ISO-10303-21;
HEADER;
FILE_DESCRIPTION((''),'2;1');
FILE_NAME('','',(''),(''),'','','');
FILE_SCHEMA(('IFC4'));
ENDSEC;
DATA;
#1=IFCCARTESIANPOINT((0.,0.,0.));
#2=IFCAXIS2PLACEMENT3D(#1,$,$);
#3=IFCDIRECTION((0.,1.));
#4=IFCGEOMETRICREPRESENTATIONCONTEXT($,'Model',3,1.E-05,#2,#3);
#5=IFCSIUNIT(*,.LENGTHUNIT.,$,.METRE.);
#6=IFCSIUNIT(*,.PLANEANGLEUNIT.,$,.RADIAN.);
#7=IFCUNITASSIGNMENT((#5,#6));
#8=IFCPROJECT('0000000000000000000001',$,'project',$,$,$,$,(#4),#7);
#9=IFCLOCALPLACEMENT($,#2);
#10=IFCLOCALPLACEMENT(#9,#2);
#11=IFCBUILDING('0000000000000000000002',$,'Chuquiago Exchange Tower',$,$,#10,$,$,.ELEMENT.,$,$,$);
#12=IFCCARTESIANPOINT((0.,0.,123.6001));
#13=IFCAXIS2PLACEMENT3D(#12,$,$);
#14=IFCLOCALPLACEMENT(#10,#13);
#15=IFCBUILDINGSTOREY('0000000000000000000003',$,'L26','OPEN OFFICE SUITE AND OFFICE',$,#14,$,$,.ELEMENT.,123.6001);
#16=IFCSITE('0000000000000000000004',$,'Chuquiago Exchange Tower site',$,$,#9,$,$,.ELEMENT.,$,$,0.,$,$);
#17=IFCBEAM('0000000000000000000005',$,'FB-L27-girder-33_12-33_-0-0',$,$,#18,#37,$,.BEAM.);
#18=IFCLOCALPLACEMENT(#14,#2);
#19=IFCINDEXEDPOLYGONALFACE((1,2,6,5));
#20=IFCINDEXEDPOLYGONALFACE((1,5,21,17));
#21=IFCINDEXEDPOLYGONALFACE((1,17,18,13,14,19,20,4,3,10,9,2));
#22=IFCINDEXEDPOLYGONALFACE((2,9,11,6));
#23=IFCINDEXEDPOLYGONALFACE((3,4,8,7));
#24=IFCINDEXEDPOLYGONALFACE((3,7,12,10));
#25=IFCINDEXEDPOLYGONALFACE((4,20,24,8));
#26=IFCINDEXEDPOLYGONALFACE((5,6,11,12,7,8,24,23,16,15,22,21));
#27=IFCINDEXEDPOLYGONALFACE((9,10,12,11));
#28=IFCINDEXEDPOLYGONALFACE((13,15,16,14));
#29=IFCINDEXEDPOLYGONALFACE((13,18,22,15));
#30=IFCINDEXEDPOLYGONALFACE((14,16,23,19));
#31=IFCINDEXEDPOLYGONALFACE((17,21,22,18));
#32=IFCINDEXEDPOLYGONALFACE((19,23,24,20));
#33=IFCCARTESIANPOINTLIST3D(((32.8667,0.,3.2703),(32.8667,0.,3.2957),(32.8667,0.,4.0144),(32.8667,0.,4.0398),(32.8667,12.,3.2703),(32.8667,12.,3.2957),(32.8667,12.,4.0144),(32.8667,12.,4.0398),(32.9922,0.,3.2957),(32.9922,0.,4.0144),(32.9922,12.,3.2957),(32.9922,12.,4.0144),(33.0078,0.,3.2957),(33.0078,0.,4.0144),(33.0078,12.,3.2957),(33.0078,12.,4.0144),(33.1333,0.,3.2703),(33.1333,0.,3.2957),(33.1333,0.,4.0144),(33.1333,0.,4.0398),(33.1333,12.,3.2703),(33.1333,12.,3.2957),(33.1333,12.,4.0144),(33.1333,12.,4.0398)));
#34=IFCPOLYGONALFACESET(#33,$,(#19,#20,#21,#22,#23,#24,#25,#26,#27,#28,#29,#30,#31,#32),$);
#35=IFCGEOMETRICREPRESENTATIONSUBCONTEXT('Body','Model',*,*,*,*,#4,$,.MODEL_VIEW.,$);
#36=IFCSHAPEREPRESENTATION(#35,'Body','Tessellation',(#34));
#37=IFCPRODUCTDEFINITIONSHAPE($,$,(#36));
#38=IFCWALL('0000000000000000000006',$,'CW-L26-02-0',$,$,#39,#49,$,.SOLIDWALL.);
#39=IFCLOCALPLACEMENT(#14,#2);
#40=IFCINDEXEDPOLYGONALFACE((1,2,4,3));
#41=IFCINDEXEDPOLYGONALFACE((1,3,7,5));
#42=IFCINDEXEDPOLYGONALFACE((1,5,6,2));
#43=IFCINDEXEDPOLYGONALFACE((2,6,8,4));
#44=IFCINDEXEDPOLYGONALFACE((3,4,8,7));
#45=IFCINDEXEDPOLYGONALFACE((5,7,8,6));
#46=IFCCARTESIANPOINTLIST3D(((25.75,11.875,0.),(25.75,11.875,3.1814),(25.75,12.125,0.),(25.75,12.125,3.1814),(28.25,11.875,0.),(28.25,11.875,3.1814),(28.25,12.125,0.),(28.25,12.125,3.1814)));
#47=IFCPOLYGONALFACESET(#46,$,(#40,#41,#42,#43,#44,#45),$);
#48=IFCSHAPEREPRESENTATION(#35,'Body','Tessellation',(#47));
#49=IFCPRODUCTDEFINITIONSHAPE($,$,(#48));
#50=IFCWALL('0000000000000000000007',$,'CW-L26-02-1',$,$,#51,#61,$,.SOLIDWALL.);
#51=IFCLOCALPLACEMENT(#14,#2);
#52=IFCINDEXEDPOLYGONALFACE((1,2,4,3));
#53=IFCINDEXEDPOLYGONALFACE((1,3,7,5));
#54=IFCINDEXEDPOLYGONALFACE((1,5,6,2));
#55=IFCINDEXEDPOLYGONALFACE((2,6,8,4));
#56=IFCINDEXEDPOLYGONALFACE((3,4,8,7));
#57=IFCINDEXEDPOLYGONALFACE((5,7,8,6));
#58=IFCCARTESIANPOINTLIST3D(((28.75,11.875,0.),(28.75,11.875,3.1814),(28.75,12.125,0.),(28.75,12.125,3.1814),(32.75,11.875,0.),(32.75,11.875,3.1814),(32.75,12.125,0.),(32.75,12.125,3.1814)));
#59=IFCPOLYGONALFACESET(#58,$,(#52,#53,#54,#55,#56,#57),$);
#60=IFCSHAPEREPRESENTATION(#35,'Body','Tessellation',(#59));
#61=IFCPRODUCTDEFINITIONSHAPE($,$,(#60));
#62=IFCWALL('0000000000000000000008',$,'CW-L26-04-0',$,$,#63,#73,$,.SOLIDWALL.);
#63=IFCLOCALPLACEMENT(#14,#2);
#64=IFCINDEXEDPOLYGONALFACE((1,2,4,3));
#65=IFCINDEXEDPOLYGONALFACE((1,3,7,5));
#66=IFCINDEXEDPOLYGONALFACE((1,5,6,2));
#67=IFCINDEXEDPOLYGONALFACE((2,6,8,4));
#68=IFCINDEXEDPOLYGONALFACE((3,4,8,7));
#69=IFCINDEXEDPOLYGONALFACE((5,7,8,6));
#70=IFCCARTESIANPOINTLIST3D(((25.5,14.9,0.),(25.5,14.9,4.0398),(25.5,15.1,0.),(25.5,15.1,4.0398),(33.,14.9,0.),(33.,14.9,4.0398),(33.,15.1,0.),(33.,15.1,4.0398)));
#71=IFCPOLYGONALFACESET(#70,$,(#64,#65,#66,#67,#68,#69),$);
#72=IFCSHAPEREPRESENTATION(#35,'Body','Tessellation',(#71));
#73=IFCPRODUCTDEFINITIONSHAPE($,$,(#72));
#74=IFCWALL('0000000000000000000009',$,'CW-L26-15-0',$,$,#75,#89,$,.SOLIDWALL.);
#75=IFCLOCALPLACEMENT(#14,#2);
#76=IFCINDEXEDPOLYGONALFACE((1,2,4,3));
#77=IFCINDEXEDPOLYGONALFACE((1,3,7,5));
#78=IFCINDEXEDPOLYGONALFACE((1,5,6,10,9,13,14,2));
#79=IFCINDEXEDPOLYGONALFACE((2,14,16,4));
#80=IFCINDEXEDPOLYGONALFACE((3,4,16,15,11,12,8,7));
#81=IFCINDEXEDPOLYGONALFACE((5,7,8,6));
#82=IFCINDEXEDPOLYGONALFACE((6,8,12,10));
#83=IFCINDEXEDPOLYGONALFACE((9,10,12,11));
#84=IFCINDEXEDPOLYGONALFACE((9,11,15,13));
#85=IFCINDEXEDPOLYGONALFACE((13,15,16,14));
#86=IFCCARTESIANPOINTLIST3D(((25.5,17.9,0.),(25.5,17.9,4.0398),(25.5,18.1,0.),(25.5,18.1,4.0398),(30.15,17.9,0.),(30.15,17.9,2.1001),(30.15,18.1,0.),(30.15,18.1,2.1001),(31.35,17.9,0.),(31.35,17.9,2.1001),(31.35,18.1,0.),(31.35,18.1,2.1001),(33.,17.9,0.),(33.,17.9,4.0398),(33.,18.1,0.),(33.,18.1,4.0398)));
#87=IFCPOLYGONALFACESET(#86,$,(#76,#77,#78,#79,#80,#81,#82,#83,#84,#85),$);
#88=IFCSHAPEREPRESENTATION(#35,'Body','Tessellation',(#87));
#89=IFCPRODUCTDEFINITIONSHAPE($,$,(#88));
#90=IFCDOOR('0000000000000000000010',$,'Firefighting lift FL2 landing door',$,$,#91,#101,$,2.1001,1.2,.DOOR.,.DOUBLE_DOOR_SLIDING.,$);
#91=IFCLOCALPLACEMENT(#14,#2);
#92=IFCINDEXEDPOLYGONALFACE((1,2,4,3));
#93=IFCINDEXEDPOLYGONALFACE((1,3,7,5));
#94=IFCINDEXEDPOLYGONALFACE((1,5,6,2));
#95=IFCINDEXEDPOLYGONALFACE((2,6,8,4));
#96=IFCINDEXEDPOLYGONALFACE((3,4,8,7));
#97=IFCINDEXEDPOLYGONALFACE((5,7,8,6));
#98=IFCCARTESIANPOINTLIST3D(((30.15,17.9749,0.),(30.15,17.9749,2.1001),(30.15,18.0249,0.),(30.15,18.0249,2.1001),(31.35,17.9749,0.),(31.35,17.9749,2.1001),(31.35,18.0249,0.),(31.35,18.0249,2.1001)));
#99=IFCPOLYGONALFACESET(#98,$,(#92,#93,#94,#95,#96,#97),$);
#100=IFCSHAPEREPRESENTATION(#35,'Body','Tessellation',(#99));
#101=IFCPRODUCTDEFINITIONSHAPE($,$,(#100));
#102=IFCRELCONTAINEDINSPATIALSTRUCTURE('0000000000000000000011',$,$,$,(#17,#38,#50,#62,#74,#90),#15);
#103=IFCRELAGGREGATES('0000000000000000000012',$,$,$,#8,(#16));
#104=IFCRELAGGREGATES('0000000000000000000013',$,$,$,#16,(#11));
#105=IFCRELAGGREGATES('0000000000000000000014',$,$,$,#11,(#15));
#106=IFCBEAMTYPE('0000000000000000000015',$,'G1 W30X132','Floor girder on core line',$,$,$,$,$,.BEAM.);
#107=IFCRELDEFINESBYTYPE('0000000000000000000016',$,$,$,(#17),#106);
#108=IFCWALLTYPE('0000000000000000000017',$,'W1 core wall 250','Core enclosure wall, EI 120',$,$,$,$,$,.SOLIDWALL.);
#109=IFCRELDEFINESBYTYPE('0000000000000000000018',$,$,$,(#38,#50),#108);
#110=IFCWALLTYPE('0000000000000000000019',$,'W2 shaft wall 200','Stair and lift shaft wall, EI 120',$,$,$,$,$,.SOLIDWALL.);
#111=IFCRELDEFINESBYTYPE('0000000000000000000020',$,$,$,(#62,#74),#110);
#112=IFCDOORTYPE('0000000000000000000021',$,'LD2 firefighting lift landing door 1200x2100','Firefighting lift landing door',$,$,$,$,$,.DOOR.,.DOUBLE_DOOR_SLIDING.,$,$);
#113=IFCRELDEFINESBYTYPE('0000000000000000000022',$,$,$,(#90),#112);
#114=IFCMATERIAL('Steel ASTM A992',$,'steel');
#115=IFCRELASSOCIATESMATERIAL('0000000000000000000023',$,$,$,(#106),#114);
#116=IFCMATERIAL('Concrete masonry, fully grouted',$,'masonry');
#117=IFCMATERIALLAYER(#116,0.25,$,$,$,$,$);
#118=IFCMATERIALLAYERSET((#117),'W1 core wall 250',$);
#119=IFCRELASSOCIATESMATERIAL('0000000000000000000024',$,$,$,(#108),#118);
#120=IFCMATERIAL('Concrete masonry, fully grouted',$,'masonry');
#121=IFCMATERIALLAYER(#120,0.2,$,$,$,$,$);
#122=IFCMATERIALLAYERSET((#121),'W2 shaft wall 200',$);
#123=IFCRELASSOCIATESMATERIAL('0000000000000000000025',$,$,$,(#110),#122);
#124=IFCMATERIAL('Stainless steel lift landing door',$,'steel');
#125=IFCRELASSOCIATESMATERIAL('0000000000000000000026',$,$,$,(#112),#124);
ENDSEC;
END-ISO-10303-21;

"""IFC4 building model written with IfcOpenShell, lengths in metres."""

from ifc_helpers import new_model, si_unit, direction, frame, frame_2d, origin, origin_2d, place, context, subcontext, project, spatial, rectangle, i_section, extrude, material, layer, layer_set, material_profile, profile_set, type_object, element, fill, save


model = new_model("IFC4")

# Units and contexts
model_context = context("Model", 3, precision=1e-05, world=origin(), true_north=direction((0.0, 1.0)))
body_context = subcontext(model_context, "Body", "Model", "MODEL_VIEW")
ifc_project = project(units=[si_unit("LENGTHUNIT", "METRE"), si_unit("PLANEANGLEUNIT", "RADIAN")], contexts=[model_context])

# Site, building, storey
site_placement = place(None, origin())
site = spatial("IfcSite", under=ifc_project, at=site_placement, Name="Chuquiago Exchange Tower site", CompositionType="ELEMENT", RefElevation=0.0)
building_placement = place(site_placement, origin())
building = spatial("IfcBuilding", under=site, at=building_placement, Name="Chuquiago Exchange Tower", CompositionType="ELEMENT")
storey_placement = place(building_placement, frame((0.0, 0.0, 123.6001)))
storey = spatial("IfcBuildingStorey", under=building, at=storey_placement, Name="L26", Description="OPEN OFFICE SUITE AND OFFICE", CompositionType="ELEMENT", Elevation=123.6001)

# Beam
ifc_material_1 = material(Name="Steel ASTM A992", Category="steel")
ifc_material_profile_1 = material_profile(ifc_material_1, i_section(OverallWidth=0.2666, OverallDepth=0.7695, WebThickness=0.0156, FlangeThickness=0.0254, at=origin_2d()), Name="W30X132")
ifc_profile_set_1 = profile_set([ifc_material_profile_1], Name="Steel ASTM A992")
beam_type_1 = type_object("IfcBeamType", Name="G1 W30X132", Description="Floor girder on core line", PredefinedType="BEAM", material=ifc_profile_set_1)
beam_1_placement = place(storey_placement, frame((33.0, 12.0, 3.655), z_axis=(0.0, -1.0, 0.0), x_axis=(1.0, 0.0, 0.0)))
element("IfcBeam", 1, at=beam_1_placement, inside=storey, type_object=beam_type_1, Name="FB-L27-girder-33_12-33_-0-0", PredefinedType="BEAM", context=body_context, shape_type="SweptSolid", body=[
    extrude(i_section(OverallWidth=0.2666, OverallDepth=0.7695, WebThickness=0.0156, FlangeThickness=0.0254, at=origin_2d()), origin(), (0.0, 0.0, 1.0), 12.0),
])

# Walls
ifc_material_2 = material(Name="Concrete masonry, fully grouted", Category="masonry")
ifc_layer_1 = layer(ifc_material_2, 0.25)
ifc_layer_set_1 = layer_set([ifc_layer_1], Name="W1 core wall 250")
wall_type_1 = type_object("IfcWallType", Name="W1 core wall 250", Description="Core enclosure wall, EI 120", PredefinedType="SOLIDWALL", material=ifc_layer_set_1)
wall_1_placement = place(storey_placement, frame((25.75, 12.0, 0.0), z_axis=(0.0, 0.0, 1.0), x_axis=(1.0, 0.0, 0.0)))
element("IfcWall", 2, at=wall_1_placement, inside=storey, type_object=wall_type_1, Name="CW-L26-02-0", PredefinedType="SOLIDWALL", context=body_context, shape_type="SweptSolid", body=[
    extrude(rectangle(XDim=2.5, YDim=0.25, at=frame_2d((1.25, 0.0))), origin(), (0.0, 0.0, 1.0), 3.1814),
])
wall_2_placement = place(storey_placement, frame((28.75, 12.0, 0.0), z_axis=(0.0, 0.0, 1.0), x_axis=(1.0, 0.0, 0.0)))
element("IfcWall", 3, at=wall_2_placement, inside=storey, type_object=wall_type_1, Name="CW-L26-02-1", PredefinedType="SOLIDWALL", context=body_context, shape_type="SweptSolid", body=[
    extrude(rectangle(XDim=4.0, YDim=0.25, at=frame_2d((2.0, 0.0))), origin(), (0.0, 0.0, 1.0), 3.1814),
])
ifc_material_3 = material(Name="Concrete masonry, fully grouted", Category="masonry")
ifc_layer_2 = layer(ifc_material_3, 0.2)
ifc_layer_set_2 = layer_set([ifc_layer_2], Name="W2 shaft wall 200")
wall_type_2 = type_object("IfcWallType", Name="W2 shaft wall 200", Description="Stair and lift shaft wall, EI 120", PredefinedType="SOLIDWALL", material=ifc_layer_set_2)
wall_3_placement = place(storey_placement, frame((25.5, 15.0, 0.0), z_axis=(0.0, 0.0, 1.0), x_axis=(1.0, 0.0, 0.0)))
element("IfcWall", 4, at=wall_3_placement, inside=storey, type_object=wall_type_2, Name="CW-L26-04-0", PredefinedType="SOLIDWALL", context=body_context, shape_type="SweptSolid", body=[
    extrude(rectangle(XDim=7.5, YDim=0.2, at=frame_2d((3.75, 0.0))), origin(), (0.0, 0.0, 1.0), 4.0398),
])

# Wall, opening, door
wall_4_placement = place(storey_placement, frame((25.5, 18.0, 0.0), z_axis=(0.0, 0.0, 1.0), x_axis=(1.0, 0.0, 0.0)))
wall_4 = element("IfcWall", 5, at=wall_4_placement, inside=storey, type_object=wall_type_2, Name="CW-L26-15-0", PredefinedType="SOLIDWALL", context=body_context, shape_type="SweptSolid", body=[
    extrude(rectangle(XDim=7.5, YDim=0.2, at=frame_2d((3.75, 0.0))), origin(), (0.0, 0.0, 1.0), 4.0398),
])
opening_1_placement = place(wall_4_placement, frame((4.6499, 0.0, 0.0)))
opening_1 = element("IfcOpeningElement", 6, at=opening_1_placement, cuts=wall_4, PredefinedType="OPENING", context=body_context, shape_type="SweptSolid", body=[
    extrude(rectangle(XDim=1.2, YDim=2.1001, at=frame_2d((0.6001, 1.05))), frame((0.0, 0.1099, 0.0), z_axis=(0.0, -1.0, 0.0), x_axis=(1.0, 0.0, 0.0)), (0.0, 0.0, 1.0), 0.22),
])
ifc_material_4 = material(Name="Stainless steel lift landing door", Category="steel")
door_type_1 = type_object("IfcDoorType", Name="LD2 firefighting lift landing door 1200x2100", Description="Firefighting lift landing door", OperationType="DOUBLE_DOOR_SLIDING", PredefinedType="DOOR", material=ifc_material_4)
door_1_placement = place(opening_1_placement, origin())
door_1 = element("IfcDoor", 7, at=door_1_placement, inside=storey, type_object=door_type_1, Name="Firefighting lift FL2 landing door", OperationType="DOUBLE_DOOR_SLIDING", OverallHeight=2.1001, OverallWidth=1.2, PredefinedType="DOOR", context=body_context, shape_type="SweptSolid", body=[
    extrude(rectangle(XDim=1.2, YDim=2.1001, at=frame_2d((0.6001, 1.05))), frame((0.0, 0.0249, 0.0), z_axis=(0.0, -1.0, 0.0), x_axis=(1.0, 0.0, 0.0)), (0.0, 0.0, 1.0), 0.05),
])
fill(opening_1, door_1)

save(model, "model.ifc")
